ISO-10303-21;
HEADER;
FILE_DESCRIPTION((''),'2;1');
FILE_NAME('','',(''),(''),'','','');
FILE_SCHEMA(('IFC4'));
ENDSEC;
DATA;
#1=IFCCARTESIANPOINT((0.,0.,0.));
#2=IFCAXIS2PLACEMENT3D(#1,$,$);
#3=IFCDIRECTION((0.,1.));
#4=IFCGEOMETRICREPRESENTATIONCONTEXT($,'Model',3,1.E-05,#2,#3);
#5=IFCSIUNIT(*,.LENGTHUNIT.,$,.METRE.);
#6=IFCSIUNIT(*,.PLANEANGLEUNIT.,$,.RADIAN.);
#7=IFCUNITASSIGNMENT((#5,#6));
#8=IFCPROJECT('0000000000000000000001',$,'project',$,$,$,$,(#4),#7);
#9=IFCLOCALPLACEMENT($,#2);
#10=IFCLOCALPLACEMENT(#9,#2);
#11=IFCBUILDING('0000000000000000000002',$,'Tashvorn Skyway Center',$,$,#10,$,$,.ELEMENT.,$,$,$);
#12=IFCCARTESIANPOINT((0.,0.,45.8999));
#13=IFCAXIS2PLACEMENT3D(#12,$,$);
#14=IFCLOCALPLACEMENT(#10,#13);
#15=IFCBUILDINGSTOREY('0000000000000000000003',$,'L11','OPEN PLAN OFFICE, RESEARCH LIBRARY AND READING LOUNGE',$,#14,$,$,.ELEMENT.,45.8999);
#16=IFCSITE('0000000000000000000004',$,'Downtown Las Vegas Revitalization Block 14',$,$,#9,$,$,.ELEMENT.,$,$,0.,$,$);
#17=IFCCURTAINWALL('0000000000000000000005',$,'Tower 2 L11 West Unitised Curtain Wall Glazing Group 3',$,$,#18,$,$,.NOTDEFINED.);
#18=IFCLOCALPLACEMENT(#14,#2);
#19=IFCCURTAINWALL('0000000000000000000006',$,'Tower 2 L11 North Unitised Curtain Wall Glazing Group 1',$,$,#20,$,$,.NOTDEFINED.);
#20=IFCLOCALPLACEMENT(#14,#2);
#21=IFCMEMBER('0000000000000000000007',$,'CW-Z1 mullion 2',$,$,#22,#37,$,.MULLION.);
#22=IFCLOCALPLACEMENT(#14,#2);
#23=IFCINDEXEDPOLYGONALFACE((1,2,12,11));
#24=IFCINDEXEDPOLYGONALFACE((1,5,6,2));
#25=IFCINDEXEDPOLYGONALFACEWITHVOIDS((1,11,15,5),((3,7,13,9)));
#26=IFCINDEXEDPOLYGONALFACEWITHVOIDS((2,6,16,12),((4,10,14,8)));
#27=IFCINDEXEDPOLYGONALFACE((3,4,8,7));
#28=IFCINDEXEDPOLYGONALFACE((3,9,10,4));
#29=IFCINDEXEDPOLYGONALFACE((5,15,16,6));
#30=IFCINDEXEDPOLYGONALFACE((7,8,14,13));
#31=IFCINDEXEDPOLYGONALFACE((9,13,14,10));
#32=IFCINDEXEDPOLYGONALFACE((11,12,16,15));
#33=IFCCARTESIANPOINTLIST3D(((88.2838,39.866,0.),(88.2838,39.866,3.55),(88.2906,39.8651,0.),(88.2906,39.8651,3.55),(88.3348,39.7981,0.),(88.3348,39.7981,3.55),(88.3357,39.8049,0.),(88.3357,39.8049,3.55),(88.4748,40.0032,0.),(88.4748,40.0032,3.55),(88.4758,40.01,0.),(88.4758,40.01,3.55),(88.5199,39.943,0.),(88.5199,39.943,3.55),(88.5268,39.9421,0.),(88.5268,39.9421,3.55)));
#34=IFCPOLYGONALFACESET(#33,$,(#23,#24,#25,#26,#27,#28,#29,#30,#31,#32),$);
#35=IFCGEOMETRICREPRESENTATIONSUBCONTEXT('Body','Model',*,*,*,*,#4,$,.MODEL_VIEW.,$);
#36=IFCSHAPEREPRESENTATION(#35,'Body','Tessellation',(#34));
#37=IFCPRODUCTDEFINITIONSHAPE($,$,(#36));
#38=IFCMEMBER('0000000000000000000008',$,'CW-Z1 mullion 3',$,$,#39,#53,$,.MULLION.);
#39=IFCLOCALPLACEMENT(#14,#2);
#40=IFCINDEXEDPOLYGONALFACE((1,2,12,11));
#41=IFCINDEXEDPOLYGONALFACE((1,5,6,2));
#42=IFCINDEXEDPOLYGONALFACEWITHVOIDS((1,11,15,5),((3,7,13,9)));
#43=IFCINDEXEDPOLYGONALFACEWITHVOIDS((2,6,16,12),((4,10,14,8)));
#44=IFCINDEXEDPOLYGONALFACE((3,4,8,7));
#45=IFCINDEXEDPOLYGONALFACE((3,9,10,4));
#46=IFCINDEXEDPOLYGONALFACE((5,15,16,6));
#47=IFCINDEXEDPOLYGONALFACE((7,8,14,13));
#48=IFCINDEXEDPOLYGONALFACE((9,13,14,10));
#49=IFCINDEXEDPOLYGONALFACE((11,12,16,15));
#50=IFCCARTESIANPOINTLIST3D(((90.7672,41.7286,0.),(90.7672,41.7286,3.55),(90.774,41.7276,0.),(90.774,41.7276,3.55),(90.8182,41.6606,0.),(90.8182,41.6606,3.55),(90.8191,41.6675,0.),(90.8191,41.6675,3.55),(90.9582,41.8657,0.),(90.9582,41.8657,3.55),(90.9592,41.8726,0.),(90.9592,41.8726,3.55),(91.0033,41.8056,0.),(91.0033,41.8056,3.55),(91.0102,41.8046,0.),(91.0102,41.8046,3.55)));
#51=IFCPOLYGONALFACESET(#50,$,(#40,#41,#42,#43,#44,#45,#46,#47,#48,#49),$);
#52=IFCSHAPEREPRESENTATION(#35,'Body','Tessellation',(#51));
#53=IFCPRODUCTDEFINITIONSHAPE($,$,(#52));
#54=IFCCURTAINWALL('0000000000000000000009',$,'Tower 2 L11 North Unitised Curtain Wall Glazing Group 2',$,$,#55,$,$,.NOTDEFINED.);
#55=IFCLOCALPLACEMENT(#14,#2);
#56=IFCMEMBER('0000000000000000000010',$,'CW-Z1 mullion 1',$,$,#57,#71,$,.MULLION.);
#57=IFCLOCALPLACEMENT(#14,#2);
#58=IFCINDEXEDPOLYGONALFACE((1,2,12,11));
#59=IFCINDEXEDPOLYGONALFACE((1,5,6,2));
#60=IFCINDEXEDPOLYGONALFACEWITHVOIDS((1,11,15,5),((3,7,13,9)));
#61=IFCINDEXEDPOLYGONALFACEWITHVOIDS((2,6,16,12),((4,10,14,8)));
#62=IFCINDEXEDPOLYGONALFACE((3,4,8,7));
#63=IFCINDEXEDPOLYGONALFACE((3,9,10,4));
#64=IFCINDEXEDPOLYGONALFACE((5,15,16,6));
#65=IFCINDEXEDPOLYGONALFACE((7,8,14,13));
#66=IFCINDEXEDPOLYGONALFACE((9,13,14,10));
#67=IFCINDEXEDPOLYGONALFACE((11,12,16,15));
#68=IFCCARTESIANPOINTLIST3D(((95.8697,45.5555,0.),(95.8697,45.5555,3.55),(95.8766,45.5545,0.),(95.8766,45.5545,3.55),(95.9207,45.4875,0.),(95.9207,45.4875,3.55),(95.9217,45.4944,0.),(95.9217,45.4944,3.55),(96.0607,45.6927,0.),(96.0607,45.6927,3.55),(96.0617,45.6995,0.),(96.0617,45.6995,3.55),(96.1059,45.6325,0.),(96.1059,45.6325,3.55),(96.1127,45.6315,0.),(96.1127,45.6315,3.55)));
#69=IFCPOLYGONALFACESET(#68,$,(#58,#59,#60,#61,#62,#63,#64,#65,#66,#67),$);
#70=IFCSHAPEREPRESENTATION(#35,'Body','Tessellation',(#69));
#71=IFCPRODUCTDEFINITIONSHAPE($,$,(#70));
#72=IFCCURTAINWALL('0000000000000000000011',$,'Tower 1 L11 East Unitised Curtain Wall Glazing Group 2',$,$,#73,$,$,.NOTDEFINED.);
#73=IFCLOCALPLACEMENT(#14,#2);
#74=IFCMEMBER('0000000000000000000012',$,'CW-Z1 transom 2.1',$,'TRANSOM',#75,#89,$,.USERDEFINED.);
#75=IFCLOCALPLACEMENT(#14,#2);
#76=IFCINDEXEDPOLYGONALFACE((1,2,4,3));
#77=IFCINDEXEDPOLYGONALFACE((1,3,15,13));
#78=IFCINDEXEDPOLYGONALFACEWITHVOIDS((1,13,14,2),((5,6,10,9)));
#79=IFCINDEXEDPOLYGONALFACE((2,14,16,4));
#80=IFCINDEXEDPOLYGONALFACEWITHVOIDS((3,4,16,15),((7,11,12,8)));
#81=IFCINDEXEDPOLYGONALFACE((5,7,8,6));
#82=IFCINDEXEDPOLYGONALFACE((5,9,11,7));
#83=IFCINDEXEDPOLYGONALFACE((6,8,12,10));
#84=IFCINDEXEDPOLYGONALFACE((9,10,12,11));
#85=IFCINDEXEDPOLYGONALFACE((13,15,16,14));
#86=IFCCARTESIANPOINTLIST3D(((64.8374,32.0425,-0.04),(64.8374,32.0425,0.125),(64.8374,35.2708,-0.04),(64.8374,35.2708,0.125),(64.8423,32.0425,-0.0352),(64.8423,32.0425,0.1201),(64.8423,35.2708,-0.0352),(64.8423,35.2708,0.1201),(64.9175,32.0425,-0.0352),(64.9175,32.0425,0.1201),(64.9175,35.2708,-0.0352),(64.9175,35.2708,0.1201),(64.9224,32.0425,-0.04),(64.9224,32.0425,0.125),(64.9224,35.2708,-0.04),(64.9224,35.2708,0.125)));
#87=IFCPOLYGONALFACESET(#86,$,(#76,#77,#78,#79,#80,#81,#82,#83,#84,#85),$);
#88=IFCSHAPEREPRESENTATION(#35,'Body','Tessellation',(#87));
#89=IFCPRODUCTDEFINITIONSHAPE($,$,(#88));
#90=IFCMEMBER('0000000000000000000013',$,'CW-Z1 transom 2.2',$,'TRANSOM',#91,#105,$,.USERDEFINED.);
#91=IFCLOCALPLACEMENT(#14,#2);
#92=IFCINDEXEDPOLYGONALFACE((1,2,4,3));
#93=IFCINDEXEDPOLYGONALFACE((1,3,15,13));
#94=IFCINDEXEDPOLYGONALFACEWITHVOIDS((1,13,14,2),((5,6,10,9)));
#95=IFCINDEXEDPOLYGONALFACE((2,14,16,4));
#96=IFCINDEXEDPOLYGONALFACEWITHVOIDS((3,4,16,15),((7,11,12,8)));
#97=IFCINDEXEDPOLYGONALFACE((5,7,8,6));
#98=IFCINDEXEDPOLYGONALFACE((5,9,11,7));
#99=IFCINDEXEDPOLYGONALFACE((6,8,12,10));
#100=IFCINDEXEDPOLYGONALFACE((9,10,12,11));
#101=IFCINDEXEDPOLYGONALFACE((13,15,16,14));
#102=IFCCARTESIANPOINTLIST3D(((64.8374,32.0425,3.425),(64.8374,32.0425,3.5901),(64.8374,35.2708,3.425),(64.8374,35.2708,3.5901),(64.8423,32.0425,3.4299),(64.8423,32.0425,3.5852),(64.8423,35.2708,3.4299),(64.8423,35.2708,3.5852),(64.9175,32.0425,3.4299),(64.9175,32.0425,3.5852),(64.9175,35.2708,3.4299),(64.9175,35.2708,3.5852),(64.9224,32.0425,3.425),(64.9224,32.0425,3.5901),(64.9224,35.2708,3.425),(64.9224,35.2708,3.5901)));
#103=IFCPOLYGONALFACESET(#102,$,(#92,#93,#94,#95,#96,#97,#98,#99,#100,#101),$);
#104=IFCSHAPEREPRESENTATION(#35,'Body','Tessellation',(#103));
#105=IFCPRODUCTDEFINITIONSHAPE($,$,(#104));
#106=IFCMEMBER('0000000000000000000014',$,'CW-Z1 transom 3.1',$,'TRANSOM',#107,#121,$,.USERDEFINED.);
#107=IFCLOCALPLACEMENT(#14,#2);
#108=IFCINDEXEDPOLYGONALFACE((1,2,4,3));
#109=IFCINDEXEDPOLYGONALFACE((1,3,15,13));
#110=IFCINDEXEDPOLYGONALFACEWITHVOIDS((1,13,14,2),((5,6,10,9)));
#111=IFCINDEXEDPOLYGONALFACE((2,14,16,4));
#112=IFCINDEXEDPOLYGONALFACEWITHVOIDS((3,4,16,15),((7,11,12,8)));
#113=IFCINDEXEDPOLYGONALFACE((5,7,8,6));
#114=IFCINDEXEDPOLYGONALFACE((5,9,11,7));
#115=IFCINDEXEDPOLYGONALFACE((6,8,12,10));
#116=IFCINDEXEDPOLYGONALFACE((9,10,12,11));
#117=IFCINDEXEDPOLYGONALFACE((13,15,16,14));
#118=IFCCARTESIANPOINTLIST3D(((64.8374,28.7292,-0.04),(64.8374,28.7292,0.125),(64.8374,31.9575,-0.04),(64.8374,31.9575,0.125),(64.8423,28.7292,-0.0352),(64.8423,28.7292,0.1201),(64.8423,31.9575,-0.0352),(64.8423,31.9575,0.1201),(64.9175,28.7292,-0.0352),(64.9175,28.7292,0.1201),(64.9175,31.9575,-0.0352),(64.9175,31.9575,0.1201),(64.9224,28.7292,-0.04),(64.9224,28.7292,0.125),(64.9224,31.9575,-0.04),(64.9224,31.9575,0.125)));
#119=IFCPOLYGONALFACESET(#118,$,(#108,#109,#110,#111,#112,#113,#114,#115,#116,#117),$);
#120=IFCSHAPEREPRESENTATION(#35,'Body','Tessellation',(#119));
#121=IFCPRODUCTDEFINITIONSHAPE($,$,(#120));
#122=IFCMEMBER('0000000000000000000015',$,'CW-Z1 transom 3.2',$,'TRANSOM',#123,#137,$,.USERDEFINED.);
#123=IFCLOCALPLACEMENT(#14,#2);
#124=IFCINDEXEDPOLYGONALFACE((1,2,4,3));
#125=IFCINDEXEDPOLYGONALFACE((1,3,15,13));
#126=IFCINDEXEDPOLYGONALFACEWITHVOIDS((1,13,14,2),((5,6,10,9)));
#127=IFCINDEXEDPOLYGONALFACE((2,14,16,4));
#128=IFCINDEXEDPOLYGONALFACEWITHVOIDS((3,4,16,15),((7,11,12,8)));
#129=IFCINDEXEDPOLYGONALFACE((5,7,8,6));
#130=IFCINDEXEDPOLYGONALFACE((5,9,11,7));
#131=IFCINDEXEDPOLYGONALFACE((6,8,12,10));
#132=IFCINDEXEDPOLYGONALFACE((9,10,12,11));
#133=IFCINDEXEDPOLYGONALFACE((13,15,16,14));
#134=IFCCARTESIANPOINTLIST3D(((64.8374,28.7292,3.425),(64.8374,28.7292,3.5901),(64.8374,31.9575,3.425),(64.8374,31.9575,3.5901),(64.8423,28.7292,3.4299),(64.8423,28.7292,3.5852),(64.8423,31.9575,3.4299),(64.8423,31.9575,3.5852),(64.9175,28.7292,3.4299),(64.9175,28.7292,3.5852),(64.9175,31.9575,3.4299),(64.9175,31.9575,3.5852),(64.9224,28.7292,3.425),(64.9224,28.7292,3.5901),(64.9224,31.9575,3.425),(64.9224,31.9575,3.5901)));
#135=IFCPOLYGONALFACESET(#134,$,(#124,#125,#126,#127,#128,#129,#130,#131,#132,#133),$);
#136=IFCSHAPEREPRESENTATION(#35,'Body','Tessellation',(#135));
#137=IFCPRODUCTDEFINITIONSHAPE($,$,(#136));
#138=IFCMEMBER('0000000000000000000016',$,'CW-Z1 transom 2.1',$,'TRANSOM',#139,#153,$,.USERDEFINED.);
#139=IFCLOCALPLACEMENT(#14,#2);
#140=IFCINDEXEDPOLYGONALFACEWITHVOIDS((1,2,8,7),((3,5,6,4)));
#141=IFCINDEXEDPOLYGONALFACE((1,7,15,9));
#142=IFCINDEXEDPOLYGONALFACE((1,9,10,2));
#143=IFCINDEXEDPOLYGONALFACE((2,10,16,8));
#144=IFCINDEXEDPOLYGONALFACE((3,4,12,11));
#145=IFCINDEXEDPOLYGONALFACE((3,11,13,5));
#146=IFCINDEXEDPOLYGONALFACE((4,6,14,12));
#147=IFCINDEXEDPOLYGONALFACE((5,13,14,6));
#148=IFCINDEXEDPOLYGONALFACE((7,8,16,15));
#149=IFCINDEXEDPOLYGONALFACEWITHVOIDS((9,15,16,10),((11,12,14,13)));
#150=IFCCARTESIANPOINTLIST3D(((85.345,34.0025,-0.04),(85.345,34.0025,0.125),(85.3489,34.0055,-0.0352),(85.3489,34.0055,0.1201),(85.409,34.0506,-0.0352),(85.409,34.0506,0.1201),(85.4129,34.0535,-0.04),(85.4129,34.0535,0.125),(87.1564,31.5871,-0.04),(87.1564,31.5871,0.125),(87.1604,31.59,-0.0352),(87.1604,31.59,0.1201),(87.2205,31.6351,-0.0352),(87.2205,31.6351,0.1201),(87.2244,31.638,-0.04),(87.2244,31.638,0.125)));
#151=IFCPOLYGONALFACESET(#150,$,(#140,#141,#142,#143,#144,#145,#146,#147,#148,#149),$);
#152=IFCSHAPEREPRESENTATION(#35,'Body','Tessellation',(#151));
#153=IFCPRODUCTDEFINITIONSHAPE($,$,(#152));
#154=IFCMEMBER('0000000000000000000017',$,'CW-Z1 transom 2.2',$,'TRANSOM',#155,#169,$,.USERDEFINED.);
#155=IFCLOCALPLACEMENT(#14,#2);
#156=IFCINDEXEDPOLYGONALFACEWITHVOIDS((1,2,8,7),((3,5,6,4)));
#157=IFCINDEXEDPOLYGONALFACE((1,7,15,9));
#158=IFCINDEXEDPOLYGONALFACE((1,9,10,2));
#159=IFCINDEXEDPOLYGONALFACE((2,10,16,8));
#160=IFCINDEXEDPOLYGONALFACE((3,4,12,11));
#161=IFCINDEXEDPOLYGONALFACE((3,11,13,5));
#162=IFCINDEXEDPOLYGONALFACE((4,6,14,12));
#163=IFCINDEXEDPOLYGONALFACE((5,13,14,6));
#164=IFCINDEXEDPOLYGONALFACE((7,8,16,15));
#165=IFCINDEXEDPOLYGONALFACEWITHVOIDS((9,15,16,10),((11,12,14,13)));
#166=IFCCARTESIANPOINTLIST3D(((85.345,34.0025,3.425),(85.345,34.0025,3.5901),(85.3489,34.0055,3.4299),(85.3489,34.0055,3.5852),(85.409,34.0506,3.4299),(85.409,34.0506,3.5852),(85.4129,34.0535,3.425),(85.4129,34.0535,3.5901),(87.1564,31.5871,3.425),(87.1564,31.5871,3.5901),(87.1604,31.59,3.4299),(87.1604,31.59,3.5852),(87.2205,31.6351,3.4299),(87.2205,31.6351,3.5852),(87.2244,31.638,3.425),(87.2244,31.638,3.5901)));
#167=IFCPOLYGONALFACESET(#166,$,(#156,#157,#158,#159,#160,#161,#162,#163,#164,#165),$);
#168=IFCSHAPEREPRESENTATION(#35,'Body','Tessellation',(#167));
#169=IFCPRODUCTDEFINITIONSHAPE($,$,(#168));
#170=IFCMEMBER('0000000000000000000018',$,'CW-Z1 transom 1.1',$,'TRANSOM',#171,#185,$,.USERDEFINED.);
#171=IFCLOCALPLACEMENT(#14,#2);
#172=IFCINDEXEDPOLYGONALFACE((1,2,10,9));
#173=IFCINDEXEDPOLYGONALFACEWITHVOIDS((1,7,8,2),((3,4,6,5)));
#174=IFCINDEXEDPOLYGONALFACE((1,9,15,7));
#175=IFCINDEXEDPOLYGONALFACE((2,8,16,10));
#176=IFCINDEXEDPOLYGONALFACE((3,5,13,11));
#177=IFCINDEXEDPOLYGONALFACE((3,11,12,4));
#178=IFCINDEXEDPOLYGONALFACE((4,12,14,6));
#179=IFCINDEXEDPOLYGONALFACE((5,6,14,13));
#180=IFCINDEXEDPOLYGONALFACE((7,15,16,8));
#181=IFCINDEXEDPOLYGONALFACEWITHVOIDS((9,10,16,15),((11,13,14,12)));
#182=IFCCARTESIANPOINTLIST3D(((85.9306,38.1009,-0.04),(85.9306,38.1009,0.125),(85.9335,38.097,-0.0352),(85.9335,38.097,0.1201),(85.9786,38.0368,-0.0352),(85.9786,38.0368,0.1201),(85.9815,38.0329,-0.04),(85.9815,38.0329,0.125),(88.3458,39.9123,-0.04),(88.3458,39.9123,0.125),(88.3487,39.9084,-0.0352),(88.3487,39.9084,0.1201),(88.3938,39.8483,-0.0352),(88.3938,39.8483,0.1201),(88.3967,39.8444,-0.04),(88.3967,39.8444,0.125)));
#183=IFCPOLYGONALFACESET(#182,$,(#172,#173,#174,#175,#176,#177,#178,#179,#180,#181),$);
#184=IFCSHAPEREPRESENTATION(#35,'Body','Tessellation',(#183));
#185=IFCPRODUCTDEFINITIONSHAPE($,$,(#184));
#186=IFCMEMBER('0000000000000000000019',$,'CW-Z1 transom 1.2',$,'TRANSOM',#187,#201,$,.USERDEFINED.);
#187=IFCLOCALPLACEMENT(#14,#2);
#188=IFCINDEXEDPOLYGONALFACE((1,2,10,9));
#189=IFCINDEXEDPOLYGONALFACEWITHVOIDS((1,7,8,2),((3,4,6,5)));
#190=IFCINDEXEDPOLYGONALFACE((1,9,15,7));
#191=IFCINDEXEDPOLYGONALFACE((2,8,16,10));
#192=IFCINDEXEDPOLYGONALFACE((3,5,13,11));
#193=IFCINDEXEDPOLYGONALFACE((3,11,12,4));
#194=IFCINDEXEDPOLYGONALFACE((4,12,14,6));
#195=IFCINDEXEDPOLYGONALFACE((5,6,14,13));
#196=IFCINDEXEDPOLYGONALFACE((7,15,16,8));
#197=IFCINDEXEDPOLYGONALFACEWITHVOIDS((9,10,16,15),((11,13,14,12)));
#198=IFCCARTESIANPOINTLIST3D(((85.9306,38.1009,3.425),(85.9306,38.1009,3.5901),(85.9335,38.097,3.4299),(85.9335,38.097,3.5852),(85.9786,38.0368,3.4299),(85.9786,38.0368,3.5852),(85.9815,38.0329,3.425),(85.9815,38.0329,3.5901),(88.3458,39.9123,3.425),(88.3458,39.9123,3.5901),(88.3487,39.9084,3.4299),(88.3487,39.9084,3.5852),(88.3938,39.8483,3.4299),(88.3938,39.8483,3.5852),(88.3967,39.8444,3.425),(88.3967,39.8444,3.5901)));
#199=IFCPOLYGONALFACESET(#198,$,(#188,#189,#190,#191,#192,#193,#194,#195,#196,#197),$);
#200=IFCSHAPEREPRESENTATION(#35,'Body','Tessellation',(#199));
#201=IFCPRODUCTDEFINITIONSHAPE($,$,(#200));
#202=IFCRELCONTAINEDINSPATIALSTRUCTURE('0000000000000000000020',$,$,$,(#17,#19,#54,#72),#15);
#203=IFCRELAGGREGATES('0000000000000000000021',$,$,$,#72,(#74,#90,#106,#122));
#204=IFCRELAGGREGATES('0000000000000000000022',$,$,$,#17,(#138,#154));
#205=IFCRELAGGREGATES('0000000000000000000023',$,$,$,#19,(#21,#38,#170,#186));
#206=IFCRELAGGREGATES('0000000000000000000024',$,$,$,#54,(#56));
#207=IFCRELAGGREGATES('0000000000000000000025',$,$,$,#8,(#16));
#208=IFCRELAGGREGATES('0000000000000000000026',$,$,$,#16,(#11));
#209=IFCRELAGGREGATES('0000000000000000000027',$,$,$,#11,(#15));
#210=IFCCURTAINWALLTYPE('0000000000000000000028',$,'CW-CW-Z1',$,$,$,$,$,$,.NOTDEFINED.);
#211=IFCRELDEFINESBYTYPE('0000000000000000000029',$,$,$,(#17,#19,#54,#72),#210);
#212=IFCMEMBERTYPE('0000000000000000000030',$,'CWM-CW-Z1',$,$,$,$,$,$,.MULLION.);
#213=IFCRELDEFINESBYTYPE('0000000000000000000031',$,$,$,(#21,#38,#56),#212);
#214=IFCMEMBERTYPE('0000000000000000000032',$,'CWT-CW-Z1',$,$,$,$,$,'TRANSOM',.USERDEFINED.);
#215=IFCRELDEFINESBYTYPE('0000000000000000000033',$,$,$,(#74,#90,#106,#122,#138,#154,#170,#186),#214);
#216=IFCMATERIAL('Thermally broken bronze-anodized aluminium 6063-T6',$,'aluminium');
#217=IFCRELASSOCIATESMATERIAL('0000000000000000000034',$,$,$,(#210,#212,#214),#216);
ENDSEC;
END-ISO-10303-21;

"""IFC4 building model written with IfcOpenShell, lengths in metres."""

from ifc_helpers import new_model, si_unit, direction, frame, origin, origin_2d, place, context, subcontext, project, spatial, hollow_rectangle, extrude, material, material_profile, profile_set, type_object, element, aggregate, save


model = new_model("IFC4")

# Units and contexts
model_context = context("Model", 3, precision=1e-05, world=origin(), true_north=direction((0.0, 1.0)))
body_context = subcontext(model_context, "Body", "Model", "MODEL_VIEW")
ifc_project = project(units=[si_unit("LENGTHUNIT", "METRE"), si_unit("PLANEANGLEUNIT", "RADIAN")], contexts=[model_context])

# Site, building, storey
site_placement = place(None, origin())
site = spatial("IfcSite", under=ifc_project, at=site_placement, Name="Downtown Las Vegas Revitalization Block 14", CompositionType="ELEMENT", RefElevation=0.0)
building_placement = place(site_placement, origin())
building = spatial("IfcBuilding", under=site, at=building_placement, Name="Tashvorn Skyway Center", CompositionType="ELEMENT")
storey_placement = place(building_placement, frame((0.0, 0.0, 45.8999)))
storey = spatial("IfcBuildingStorey", under=building, at=storey_placement, Name="L11", Description="OPEN PLAN OFFICE, RESEARCH LIBRARY AND READING LOUNGE", CompositionType="ELEMENT", Elevation=45.8999)

# Curtain walls, members
ifc_material_1 = material(Name="Thermally broken bronze-anodized aluminium 6063-T6", Category="aluminium")
curtain_wall_type = type_object("IfcCurtainWallType", Name="CW-CW-Z1", PredefinedType="NOTDEFINED", material=ifc_material_1)
curtain_wall_1_placement = place(storey_placement, origin())
curtain_wall_1 = element("IfcCurtainWall", 1, at=curtain_wall_1_placement, inside=storey, type_object=curtain_wall_type, Name="Tower 2 L11 West Unitised Curtain Wall Glazing Group 3", PredefinedType="NOTDEFINED")
ifc_material_profile_1 = material_profile(ifc_material_1, hollow_rectangle(XDim=0.085, YDim=0.24, WallThickness=0.0049, at=origin_2d()), Name="ALU-MULL-85x240")
ifc_profile_set_1 = profile_set([ifc_material_profile_1], Name="Thermally broken bronze-anodized aluminium 6063-T6")
member_type_1 = type_object("IfcMemberType", Name="CWM-CW-Z1", PredefinedType="MULLION", material=ifc_profile_set_1)
curtain_wall_2_placement = place(storey_placement, origin())
curtain_wall_2 = element("IfcCurtainWall", 2, at=curtain_wall_2_placement, inside=storey, type_object=curtain_wall_type, Name="Tower 2 L11 North Unitised Curtain Wall Glazing Group 1", PredefinedType="NOTDEFINED")
member_1_placement = place(storey_placement, frame((88.4053, 39.9041, 0.0), z_axis=(0.0, 0.0, 1.0), x_axis=(-0.599997, 0.800002, 0.0)))
member_1 = element("IfcMember", 3, at=member_1_placement, type_object=member_type_1, Name="CW-Z1 mullion 2", PredefinedType="MULLION", context=body_context, shape_type="SweptSolid", body=[
    extrude(hollow_rectangle(XDim=0.085, YDim=0.24, WallThickness=0.0049, at=origin_2d()), origin(), (0.0, 0.0, 1.0), 3.55),
])
member_2_placement = place(storey_placement, frame((90.8887, 41.7666, 0.0), z_axis=(0.0, 0.0, 1.0), x_axis=(-0.599997, 0.800002, 0.0)))
member_2 = element("IfcMember", 4, at=member_2_placement, type_object=member_type_1, Name="CW-Z1 mullion 3", PredefinedType="MULLION", context=body_context, shape_type="SweptSolid", body=[
    extrude(hollow_rectangle(XDim=0.085, YDim=0.24, WallThickness=0.0049, at=origin_2d()), origin(), (0.0, 0.0, 1.0), 3.55),
])

# Curtain wall, member
curtain_wall_3_placement = place(storey_placement, origin())
curtain_wall_3 = element("IfcCurtainWall", 5, at=curtain_wall_3_placement, inside=storey, type_object=curtain_wall_type, Name="Tower 2 L11 North Unitised Curtain Wall Glazing Group 2", PredefinedType="NOTDEFINED")
member_3_placement = place(storey_placement, frame((95.9912, 45.5935, 0.0), z_axis=(0.0, 0.0, 1.0), x_axis=(-0.599997, 0.800002, 0.0)))
member_3 = element("IfcMember", 6, at=member_3_placement, type_object=member_type_1, Name="CW-Z1 mullion 1", PredefinedType="MULLION", context=body_context, shape_type="SweptSolid", body=[
    extrude(hollow_rectangle(XDim=0.085, YDim=0.24, WallThickness=0.0049, at=origin_2d()), origin(), (0.0, 0.0, 1.0), 3.55),
])

# Curtain wall, members
curtain_wall_4_placement = place(storey_placement, origin())
curtain_wall_4 = element("IfcCurtainWall", 7, at=curtain_wall_4_placement, inside=storey, type_object=curtain_wall_type, Name="Tower 1 L11 East Unitised Curtain Wall Glazing Group 2", PredefinedType="NOTDEFINED")
ifc_material_profile_2 = material_profile(ifc_material_1, hollow_rectangle(XDim=0.085, YDim=0.165, WallThickness=0.0049, at=origin_2d()), Name="ALU-TRAN-85x165")
ifc_profile_set_2 = profile_set([ifc_material_profile_2], Name="Thermally broken bronze-anodized aluminium 6063-T6")
member_type_2 = type_object("IfcMemberType", Name="CWT-CW-Z1", ElementType="TRANSOM", PredefinedType="USERDEFINED", material=ifc_profile_set_2)
member_4_placement = place(storey_placement, frame((64.8799, 35.2708, 0.0425), z_axis=(0.0, -1.0, 0.0), x_axis=(1.0, 0.0, 0.0)))
member_4 = element("IfcMember", 8, at=member_4_placement, type_object=member_type_2, Name="CW-Z1 transom 2.1", ObjectType="TRANSOM", PredefinedType="USERDEFINED", context=body_context, shape_type="SweptSolid", body=[
    extrude(hollow_rectangle(XDim=0.085, YDim=0.165, WallThickness=0.0049, at=origin_2d()), origin(), (0.0, 0.0, 1.0), 3.2283),
])
member_5_placement = place(storey_placement, frame((64.8799, 35.2708, 3.5076), z_axis=(0.0, -1.0, 0.0), x_axis=(1.0, 0.0, 0.0)))
member_5 = element("IfcMember", 9, at=member_5_placement, type_object=member_type_2, Name="CW-Z1 transom 2.2", ObjectType="TRANSOM", PredefinedType="USERDEFINED", context=body_context, shape_type="SweptSolid", body=[
    extrude(hollow_rectangle(XDim=0.085, YDim=0.165, WallThickness=0.0049, at=origin_2d()), origin(), (0.0, 0.0, 1.0), 3.2283),
])
member_6_placement = place(storey_placement, frame((64.8799, 31.9575, 0.0425), z_axis=(0.0, -1.0, 0.0), x_axis=(1.0, 0.0, 0.0)))
member_6 = element("IfcMember", 10, at=member_6_placement, type_object=member_type_2, Name="CW-Z1 transom 3.1", ObjectType="TRANSOM", PredefinedType="USERDEFINED", context=body_context, shape_type="SweptSolid", body=[
    extrude(hollow_rectangle(XDim=0.085, YDim=0.165, WallThickness=0.0049, at=origin_2d()), origin(), (0.0, 0.0, 1.0), 3.2283),
])
member_7_placement = place(storey_placement, frame((64.8799, 31.9575, 3.5076), z_axis=(0.0, -1.0, 0.0), x_axis=(1.0, 0.0, 0.0)))
member_7 = element("IfcMember", 11, at=member_7_placement, type_object=member_type_2, Name="CW-Z1 transom 3.2", ObjectType="TRANSOM", PredefinedType="USERDEFINED", context=body_context, shape_type="SweptSolid", body=[
    extrude(hollow_rectangle(XDim=0.085, YDim=0.165, WallThickness=0.0049, at=origin_2d()), origin(), (0.0, 0.0, 1.0), 3.2283),
])

# Members
member_8_placement = place(storey_placement, frame((87.1904, 31.6125, 0.0425), z_axis=(-0.599974, 0.800019, 0.0), x_axis=(-0.800019, -0.599974, 0.0)))
member_8 = element("IfcMember", 12, at=member_8_placement, type_object=member_type_2, Name="CW-Z1 transom 2.1", ObjectType="TRANSOM", PredefinedType="USERDEFINED", context=body_context, shape_type="SweptSolid", body=[
    extrude(hollow_rectangle(XDim=0.085, YDim=0.165, WallThickness=0.0049, at=origin_2d()), origin(), (0.0, 0.0, 1.0), 3.0193),
])
member_9_placement = place(storey_placement, frame((87.1904, 31.6125, 3.5076), z_axis=(-0.599974, 0.800019, 0.0), x_axis=(-0.800019, -0.599974, 0.0)))
member_9 = element("IfcMember", 13, at=member_9_placement, type_object=member_type_2, Name="CW-Z1 transom 2.2", ObjectType="TRANSOM", PredefinedType="USERDEFINED", context=body_context, shape_type="SweptSolid", body=[
    extrude(hollow_rectangle(XDim=0.085, YDim=0.165, WallThickness=0.0049, at=origin_2d()), origin(), (0.0, 0.0, 1.0), 3.0193),
])
member_10_placement = place(storey_placement, frame((85.9561, 38.0669, 0.0425), z_axis=(0.79999, 0.600013, 0.0), x_axis=(-0.600013, 0.79999, 0.0)))
member_10 = element("IfcMember", 14, at=member_10_placement, type_object=member_type_2, Name="CW-Z1 transom 1.1", ObjectType="TRANSOM", PredefinedType="USERDEFINED", context=body_context, shape_type="SweptSolid", body=[
    extrude(hollow_rectangle(XDim=0.085, YDim=0.165, WallThickness=0.0049, at=origin_2d()), origin(), (0.0, 0.0, 1.0), 3.019),
])
member_11_placement = place(storey_placement, frame((85.9561, 38.0669, 3.5076), z_axis=(0.79999, 0.600013, 0.0), x_axis=(-0.600013, 0.79999, 0.0)))
member_11 = element("IfcMember", 15, at=member_11_placement, type_object=member_type_2, Name="CW-Z1 transom 1.2", ObjectType="TRANSOM", PredefinedType="USERDEFINED", context=body_context, shape_type="SweptSolid", body=[
    extrude(hollow_rectangle(XDim=0.085, YDim=0.165, WallThickness=0.0049, at=origin_2d()), origin(), (0.0, 0.0, 1.0), 3.019),
])

aggregate(curtain_wall_4, [member_4, member_5, member_6, member_7])
aggregate(curtain_wall_1, [member_8, member_9])
aggregate(curtain_wall_2, [member_1, member_2, member_10, member_11])
aggregate(curtain_wall_3, [member_3])

save(model, "model.ifc")
